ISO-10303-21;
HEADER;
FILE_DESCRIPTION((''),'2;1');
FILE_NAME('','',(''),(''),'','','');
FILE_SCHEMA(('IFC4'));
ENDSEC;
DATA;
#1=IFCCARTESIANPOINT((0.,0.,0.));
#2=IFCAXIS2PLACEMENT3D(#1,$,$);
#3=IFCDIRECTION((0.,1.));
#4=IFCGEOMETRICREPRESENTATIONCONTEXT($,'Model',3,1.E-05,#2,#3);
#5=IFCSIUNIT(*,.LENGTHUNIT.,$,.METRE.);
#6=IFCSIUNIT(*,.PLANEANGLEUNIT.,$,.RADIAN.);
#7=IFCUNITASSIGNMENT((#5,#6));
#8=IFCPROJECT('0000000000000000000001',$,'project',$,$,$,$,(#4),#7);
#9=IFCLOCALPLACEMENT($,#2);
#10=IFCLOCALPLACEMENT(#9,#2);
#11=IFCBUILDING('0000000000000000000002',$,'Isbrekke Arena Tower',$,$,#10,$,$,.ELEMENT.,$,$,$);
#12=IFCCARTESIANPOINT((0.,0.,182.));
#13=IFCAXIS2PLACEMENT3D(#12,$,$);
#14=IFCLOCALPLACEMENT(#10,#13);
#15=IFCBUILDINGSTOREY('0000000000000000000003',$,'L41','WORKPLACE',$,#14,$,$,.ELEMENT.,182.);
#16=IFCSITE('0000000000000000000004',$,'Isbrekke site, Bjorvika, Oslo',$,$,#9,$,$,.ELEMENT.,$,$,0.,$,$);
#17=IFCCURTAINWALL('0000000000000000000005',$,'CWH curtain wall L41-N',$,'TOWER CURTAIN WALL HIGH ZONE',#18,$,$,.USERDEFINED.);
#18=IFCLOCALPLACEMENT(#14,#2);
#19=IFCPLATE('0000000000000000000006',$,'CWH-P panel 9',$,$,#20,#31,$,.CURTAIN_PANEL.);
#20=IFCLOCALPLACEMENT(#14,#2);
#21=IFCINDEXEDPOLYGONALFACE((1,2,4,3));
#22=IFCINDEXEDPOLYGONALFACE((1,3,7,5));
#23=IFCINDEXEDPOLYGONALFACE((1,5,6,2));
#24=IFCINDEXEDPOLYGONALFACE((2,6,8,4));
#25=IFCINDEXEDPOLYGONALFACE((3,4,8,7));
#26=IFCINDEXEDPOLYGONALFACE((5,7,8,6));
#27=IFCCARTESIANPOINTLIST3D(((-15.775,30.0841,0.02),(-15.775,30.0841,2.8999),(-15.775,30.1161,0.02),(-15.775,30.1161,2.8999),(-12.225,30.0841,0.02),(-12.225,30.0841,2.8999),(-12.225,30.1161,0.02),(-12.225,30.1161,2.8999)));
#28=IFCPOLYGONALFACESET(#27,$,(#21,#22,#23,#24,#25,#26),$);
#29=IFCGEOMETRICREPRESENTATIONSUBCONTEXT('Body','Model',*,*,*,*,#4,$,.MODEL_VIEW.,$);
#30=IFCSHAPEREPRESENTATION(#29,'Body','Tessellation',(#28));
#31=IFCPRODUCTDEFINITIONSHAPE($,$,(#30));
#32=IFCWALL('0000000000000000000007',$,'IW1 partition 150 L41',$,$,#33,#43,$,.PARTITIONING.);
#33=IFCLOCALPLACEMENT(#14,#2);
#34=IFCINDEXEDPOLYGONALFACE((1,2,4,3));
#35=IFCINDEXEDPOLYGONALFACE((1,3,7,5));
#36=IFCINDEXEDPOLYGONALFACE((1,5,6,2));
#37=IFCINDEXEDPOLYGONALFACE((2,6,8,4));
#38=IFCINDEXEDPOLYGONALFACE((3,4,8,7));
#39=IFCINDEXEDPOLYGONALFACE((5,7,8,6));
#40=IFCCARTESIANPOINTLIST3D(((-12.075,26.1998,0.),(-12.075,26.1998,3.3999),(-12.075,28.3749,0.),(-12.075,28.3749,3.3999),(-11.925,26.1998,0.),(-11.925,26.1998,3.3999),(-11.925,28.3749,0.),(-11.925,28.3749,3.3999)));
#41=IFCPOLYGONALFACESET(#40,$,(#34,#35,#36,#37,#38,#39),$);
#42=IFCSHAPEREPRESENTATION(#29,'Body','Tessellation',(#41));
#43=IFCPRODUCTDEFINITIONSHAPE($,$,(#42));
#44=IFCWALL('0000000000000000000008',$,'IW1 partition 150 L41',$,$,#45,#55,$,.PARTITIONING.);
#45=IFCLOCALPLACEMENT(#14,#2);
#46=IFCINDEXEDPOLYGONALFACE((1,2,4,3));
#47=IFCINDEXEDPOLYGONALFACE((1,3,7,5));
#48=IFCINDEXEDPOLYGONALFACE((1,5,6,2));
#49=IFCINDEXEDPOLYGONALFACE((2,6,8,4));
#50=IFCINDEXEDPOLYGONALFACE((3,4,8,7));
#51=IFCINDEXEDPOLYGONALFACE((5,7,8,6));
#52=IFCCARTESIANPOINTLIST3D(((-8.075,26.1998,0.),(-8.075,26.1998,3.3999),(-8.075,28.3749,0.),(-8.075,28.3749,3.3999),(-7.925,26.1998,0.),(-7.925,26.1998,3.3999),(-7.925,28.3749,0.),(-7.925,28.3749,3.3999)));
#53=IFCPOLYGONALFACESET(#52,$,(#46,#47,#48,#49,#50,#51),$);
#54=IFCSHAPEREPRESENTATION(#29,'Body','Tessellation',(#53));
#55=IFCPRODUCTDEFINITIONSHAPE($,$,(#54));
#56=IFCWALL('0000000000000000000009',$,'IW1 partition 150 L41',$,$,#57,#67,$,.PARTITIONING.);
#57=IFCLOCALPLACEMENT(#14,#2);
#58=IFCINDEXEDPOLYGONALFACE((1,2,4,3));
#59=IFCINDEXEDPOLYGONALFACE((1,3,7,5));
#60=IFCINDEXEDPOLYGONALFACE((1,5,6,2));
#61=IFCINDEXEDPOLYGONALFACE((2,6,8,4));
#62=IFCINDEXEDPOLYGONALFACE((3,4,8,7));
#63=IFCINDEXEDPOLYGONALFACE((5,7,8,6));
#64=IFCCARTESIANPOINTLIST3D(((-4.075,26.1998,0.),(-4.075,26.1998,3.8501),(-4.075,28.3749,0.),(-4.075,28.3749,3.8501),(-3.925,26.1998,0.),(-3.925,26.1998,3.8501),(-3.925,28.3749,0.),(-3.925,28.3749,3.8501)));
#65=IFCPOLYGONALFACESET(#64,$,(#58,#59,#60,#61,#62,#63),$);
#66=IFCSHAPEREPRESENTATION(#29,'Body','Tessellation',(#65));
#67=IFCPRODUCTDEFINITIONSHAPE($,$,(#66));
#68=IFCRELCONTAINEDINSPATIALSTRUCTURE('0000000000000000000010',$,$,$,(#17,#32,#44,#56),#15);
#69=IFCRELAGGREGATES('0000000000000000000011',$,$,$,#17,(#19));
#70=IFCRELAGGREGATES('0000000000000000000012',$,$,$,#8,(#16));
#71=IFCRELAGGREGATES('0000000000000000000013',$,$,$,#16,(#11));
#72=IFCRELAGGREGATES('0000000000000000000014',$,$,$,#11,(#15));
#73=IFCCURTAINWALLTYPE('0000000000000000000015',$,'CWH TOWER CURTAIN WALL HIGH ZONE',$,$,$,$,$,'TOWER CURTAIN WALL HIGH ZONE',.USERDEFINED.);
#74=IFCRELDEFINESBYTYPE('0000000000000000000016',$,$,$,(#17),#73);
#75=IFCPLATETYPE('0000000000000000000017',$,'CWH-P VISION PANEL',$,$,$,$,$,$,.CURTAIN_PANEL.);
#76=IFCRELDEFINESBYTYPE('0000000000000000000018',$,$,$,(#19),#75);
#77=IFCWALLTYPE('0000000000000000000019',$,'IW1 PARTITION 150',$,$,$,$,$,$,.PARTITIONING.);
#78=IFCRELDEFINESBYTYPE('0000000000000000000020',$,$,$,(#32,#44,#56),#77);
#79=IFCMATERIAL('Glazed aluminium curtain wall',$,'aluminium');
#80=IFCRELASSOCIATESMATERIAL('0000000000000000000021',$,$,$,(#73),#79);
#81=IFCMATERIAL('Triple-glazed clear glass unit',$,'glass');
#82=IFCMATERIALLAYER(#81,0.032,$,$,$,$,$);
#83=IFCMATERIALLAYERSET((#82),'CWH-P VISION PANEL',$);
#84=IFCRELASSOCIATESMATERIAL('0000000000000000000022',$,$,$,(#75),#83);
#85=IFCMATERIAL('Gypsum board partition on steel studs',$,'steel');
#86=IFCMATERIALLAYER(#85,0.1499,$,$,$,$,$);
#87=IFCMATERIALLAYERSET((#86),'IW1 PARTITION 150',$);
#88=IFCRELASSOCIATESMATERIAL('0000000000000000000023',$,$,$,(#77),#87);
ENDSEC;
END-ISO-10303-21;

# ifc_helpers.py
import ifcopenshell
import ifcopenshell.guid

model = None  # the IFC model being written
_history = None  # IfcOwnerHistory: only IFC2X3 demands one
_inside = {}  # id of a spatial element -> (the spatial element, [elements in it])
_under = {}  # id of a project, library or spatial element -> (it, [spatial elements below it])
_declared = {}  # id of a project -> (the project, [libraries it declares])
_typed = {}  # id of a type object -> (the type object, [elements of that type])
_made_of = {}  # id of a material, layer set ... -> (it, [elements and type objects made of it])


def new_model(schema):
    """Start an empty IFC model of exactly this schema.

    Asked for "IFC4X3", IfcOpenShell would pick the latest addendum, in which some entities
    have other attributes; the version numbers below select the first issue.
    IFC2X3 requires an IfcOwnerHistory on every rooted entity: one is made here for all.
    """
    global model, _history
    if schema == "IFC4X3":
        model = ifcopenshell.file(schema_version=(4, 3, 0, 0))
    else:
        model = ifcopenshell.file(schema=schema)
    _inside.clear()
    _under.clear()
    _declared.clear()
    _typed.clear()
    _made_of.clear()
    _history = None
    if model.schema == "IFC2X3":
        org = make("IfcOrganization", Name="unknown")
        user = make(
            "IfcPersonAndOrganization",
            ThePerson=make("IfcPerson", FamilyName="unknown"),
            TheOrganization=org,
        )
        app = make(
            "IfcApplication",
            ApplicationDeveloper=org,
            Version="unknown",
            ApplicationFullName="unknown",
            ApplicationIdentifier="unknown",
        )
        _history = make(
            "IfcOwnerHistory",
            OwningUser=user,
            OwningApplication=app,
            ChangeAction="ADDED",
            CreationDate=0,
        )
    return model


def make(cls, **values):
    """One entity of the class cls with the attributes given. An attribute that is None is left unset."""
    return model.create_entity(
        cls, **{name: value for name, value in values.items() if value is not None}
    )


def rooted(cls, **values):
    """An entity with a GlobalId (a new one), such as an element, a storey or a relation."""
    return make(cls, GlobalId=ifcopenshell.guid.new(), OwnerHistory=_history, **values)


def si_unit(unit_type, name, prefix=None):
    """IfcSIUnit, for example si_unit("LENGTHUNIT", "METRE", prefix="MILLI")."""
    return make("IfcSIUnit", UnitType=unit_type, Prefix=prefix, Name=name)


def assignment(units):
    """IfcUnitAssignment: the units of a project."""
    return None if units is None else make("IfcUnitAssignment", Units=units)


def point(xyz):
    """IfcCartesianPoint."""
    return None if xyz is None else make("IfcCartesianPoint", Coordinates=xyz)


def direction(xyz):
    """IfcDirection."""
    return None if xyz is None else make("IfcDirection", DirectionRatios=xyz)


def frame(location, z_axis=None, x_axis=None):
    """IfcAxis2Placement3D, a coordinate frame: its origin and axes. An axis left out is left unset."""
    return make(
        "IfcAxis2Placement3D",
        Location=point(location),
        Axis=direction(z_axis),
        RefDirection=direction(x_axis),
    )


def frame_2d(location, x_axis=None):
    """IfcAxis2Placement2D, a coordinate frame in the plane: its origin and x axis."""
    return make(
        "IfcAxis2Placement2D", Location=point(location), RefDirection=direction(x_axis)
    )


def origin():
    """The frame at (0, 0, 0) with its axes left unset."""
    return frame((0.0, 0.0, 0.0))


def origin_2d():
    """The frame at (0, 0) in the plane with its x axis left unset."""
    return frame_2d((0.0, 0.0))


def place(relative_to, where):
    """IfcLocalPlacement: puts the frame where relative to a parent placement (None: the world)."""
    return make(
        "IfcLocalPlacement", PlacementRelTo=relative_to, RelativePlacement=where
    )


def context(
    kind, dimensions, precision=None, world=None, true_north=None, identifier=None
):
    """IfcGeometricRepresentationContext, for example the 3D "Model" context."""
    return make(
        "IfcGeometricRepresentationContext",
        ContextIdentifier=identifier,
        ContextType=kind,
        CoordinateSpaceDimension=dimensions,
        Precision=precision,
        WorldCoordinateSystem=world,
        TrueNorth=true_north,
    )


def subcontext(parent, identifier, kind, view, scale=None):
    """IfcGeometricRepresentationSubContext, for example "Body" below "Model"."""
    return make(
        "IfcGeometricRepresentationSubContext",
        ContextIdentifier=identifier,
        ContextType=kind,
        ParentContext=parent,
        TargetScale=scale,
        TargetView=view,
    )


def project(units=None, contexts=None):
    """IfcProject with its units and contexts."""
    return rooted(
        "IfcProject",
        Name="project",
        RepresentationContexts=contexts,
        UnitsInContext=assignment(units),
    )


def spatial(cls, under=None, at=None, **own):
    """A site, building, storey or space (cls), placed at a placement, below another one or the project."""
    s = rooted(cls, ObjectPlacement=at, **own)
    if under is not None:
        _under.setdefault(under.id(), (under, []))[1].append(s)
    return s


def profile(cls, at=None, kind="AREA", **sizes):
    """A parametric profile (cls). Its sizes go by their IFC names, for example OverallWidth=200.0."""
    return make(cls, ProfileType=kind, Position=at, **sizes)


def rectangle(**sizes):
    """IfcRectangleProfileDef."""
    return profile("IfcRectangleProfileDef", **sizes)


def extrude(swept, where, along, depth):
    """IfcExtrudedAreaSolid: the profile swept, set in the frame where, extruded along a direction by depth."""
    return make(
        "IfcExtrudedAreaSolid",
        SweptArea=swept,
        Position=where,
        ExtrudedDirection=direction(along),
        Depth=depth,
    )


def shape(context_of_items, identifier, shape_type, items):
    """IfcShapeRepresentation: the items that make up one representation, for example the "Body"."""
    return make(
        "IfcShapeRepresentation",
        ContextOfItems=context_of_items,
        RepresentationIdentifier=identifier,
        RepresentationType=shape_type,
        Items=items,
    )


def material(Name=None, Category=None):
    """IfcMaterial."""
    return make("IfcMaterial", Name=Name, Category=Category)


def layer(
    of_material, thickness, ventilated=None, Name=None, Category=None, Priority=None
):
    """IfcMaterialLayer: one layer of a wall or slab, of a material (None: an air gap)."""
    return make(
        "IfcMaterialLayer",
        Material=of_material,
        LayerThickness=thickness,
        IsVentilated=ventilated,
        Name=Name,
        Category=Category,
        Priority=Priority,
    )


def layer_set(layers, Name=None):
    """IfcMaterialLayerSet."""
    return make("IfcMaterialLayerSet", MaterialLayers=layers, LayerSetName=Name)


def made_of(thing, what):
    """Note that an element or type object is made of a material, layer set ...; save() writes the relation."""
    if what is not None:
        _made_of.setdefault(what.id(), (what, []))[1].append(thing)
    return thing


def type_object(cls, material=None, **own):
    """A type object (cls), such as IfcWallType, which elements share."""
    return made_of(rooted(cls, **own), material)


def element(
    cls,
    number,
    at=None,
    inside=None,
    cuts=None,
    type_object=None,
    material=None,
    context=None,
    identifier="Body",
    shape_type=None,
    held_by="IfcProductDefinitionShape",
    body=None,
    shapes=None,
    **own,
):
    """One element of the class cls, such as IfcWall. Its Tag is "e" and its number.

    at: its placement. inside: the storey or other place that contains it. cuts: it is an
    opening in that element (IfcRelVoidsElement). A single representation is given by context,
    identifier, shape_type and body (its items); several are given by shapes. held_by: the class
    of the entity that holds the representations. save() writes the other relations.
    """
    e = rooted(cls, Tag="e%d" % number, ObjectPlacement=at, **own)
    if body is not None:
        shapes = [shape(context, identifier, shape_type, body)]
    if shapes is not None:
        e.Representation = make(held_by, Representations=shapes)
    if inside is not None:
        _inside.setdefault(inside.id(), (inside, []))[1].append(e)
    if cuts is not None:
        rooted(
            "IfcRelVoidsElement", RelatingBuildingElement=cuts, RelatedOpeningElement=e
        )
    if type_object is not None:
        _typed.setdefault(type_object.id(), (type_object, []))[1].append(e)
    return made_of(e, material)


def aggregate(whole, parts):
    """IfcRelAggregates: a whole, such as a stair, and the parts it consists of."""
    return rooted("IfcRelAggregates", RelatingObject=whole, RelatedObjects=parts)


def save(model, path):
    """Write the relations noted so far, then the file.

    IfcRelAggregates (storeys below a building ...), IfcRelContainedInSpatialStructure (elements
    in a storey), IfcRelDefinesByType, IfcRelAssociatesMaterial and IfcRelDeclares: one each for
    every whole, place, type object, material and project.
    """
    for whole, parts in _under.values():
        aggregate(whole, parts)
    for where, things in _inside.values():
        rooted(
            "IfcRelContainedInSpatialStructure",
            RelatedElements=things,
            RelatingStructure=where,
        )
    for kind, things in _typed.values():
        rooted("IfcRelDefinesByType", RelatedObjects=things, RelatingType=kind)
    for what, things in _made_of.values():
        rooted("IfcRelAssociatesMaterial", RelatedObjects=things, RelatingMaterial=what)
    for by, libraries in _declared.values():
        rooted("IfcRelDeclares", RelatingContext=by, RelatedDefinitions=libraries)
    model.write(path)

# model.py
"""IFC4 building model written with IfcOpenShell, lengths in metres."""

from ifc_helpers import new_model, si_unit, direction, frame, frame_2d, origin, origin_2d, place, context, subcontext, project, spatial, rectangle, extrude, material, layer, layer_set, type_object, element, aggregate, save


model = new_model("IFC4")

# Units and contexts
model_context = context("Model", 3, precision=1e-05, world=origin(), true_north=direction((0.0, 1.0)))
body_context = subcontext(model_context, "Body", "Model", "MODEL_VIEW")
ifc_project = project(units=[si_unit("LENGTHUNIT", "METRE"), si_unit("PLANEANGLEUNIT", "RADIAN")], contexts=[model_context])

# Site, building, storey
site_placement = place(None, origin())
site = spatial("IfcSite", under=ifc_project, at=site_placement, Name="Isbrekke site, Bjorvika, Oslo", CompositionType="ELEMENT", RefElevation=0.0)
building_placement = place(site_placement, origin())
building = spatial("IfcBuilding", under=site, at=building_placement, Name="Isbrekke Arena Tower", CompositionType="ELEMENT")
storey_placement = place(building_placement, frame((0.0, 0.0, 182.0)))
storey = spatial("IfcBuildingStorey", under=building, at=storey_placement, Name="L41", Description="WORKPLACE", CompositionType="ELEMENT", Elevation=182.0)

# Curtain wall
ifc_material_1 = material(Name="Glazed aluminium curtain wall", Category="aluminium")
curtain_wall_type = type_object("IfcCurtainWallType", Name="CWH TOWER CURTAIN WALL HIGH ZONE", ElementType="TOWER CURTAIN WALL HIGH ZONE", PredefinedType="USERDEFINED", material=ifc_material_1)
curtain_wall_placement = place(storey_placement, origin())
curtain_wall = element("IfcCurtainWall", 1, at=curtain_wall_placement, inside=storey, type_object=curtain_wall_type, Name="CWH curtain wall L41-N", ObjectType="TOWER CURTAIN WALL HIGH ZONE", PredefinedType="USERDEFINED")

# Plate
ifc_material_2 = material(Name="Triple-glazed clear glass unit", Category="glass")
ifc_layer_1 = layer(ifc_material_2, 0.032)
ifc_layer_set_1 = layer_set([ifc_layer_1], Name="CWH-P VISION PANEL")
plate_type = type_object("IfcPlateType", Name="CWH-P VISION PANEL", PredefinedType="CURTAIN_PANEL", material=ifc_layer_set_1)
plate_1_placement = place(storey_placement, frame((-14.0, 30.1001, 0.02), z_axis=(0.0, 0.0, 1.0), x_axis=(-1.0, 0.0, 0.0)))
plate_1 = element("IfcPlate", 2, at=plate_1_placement, type_object=plate_type, Name="CWH-P panel 9", PredefinedType="CURTAIN_PANEL", context=body_context, shape_type="SweptSolid", body=[
    extrude(rectangle(XDim=3.55, YDim=0.032, at=origin_2d()), origin(), (0.0, 0.0, 1.0), 2.8799),
])
aggregate(curtain_wall, [plate_1])

# Walls
ifc_material_3 = material(Name="Gypsum board partition on steel studs", Category="steel")
ifc_layer_2 = layer(ifc_material_3, 0.1499)
ifc_layer_set_2 = layer_set([ifc_layer_2], Name="IW1 PARTITION 150")
wall_type = type_object("IfcWallType", Name="IW1 PARTITION 150", PredefinedType="PARTITIONING", material=ifc_layer_set_2)
for number, where, z_axis, x_axis, name in (
    (3, (-12.0, 26.2, 0.0), (0.0, 0.0, 1.0), (0.0, 1.0, 0.0), "IW1 partition 150 L41"),
    (4, (-8.0, 26.2, 0.0), (0.0, 0.0, 1.0), (0.0, 1.0, 0.0), "IW1 partition 150 L41"),
):
    element("IfcWall", number, at=place(storey_placement, frame(where, z_axis=z_axis, x_axis=x_axis)), inside=storey, type_object=wall_type, Name=name, PredefinedType="PARTITIONING", context=body_context, shape_type="SweptSolid", body=[
        extrude(rectangle(XDim=2.175, YDim=0.1499, at=frame_2d((1.0874, 0.0))), origin(), (0.0, 0.0, 1.0), 3.3999),
    ])
wall_placement = place(storey_placement, frame((-4.0, 26.2, 0.0), z_axis=(0.0, 0.0, 1.0), x_axis=(0.0, 1.0, 0.0)))
element("IfcWall", 5, at=wall_placement, inside=storey, type_object=wall_type, Name="IW1 partition 150 L41", PredefinedType="PARTITIONING", context=body_context, shape_type="SweptSolid", body=[
    extrude(rectangle(XDim=2.175, YDim=0.1499, at=frame_2d((1.0874, 0.0))), origin(), (0.0, 0.0, 1.0), 3.8501),
])

save(model, "model.ifc")
